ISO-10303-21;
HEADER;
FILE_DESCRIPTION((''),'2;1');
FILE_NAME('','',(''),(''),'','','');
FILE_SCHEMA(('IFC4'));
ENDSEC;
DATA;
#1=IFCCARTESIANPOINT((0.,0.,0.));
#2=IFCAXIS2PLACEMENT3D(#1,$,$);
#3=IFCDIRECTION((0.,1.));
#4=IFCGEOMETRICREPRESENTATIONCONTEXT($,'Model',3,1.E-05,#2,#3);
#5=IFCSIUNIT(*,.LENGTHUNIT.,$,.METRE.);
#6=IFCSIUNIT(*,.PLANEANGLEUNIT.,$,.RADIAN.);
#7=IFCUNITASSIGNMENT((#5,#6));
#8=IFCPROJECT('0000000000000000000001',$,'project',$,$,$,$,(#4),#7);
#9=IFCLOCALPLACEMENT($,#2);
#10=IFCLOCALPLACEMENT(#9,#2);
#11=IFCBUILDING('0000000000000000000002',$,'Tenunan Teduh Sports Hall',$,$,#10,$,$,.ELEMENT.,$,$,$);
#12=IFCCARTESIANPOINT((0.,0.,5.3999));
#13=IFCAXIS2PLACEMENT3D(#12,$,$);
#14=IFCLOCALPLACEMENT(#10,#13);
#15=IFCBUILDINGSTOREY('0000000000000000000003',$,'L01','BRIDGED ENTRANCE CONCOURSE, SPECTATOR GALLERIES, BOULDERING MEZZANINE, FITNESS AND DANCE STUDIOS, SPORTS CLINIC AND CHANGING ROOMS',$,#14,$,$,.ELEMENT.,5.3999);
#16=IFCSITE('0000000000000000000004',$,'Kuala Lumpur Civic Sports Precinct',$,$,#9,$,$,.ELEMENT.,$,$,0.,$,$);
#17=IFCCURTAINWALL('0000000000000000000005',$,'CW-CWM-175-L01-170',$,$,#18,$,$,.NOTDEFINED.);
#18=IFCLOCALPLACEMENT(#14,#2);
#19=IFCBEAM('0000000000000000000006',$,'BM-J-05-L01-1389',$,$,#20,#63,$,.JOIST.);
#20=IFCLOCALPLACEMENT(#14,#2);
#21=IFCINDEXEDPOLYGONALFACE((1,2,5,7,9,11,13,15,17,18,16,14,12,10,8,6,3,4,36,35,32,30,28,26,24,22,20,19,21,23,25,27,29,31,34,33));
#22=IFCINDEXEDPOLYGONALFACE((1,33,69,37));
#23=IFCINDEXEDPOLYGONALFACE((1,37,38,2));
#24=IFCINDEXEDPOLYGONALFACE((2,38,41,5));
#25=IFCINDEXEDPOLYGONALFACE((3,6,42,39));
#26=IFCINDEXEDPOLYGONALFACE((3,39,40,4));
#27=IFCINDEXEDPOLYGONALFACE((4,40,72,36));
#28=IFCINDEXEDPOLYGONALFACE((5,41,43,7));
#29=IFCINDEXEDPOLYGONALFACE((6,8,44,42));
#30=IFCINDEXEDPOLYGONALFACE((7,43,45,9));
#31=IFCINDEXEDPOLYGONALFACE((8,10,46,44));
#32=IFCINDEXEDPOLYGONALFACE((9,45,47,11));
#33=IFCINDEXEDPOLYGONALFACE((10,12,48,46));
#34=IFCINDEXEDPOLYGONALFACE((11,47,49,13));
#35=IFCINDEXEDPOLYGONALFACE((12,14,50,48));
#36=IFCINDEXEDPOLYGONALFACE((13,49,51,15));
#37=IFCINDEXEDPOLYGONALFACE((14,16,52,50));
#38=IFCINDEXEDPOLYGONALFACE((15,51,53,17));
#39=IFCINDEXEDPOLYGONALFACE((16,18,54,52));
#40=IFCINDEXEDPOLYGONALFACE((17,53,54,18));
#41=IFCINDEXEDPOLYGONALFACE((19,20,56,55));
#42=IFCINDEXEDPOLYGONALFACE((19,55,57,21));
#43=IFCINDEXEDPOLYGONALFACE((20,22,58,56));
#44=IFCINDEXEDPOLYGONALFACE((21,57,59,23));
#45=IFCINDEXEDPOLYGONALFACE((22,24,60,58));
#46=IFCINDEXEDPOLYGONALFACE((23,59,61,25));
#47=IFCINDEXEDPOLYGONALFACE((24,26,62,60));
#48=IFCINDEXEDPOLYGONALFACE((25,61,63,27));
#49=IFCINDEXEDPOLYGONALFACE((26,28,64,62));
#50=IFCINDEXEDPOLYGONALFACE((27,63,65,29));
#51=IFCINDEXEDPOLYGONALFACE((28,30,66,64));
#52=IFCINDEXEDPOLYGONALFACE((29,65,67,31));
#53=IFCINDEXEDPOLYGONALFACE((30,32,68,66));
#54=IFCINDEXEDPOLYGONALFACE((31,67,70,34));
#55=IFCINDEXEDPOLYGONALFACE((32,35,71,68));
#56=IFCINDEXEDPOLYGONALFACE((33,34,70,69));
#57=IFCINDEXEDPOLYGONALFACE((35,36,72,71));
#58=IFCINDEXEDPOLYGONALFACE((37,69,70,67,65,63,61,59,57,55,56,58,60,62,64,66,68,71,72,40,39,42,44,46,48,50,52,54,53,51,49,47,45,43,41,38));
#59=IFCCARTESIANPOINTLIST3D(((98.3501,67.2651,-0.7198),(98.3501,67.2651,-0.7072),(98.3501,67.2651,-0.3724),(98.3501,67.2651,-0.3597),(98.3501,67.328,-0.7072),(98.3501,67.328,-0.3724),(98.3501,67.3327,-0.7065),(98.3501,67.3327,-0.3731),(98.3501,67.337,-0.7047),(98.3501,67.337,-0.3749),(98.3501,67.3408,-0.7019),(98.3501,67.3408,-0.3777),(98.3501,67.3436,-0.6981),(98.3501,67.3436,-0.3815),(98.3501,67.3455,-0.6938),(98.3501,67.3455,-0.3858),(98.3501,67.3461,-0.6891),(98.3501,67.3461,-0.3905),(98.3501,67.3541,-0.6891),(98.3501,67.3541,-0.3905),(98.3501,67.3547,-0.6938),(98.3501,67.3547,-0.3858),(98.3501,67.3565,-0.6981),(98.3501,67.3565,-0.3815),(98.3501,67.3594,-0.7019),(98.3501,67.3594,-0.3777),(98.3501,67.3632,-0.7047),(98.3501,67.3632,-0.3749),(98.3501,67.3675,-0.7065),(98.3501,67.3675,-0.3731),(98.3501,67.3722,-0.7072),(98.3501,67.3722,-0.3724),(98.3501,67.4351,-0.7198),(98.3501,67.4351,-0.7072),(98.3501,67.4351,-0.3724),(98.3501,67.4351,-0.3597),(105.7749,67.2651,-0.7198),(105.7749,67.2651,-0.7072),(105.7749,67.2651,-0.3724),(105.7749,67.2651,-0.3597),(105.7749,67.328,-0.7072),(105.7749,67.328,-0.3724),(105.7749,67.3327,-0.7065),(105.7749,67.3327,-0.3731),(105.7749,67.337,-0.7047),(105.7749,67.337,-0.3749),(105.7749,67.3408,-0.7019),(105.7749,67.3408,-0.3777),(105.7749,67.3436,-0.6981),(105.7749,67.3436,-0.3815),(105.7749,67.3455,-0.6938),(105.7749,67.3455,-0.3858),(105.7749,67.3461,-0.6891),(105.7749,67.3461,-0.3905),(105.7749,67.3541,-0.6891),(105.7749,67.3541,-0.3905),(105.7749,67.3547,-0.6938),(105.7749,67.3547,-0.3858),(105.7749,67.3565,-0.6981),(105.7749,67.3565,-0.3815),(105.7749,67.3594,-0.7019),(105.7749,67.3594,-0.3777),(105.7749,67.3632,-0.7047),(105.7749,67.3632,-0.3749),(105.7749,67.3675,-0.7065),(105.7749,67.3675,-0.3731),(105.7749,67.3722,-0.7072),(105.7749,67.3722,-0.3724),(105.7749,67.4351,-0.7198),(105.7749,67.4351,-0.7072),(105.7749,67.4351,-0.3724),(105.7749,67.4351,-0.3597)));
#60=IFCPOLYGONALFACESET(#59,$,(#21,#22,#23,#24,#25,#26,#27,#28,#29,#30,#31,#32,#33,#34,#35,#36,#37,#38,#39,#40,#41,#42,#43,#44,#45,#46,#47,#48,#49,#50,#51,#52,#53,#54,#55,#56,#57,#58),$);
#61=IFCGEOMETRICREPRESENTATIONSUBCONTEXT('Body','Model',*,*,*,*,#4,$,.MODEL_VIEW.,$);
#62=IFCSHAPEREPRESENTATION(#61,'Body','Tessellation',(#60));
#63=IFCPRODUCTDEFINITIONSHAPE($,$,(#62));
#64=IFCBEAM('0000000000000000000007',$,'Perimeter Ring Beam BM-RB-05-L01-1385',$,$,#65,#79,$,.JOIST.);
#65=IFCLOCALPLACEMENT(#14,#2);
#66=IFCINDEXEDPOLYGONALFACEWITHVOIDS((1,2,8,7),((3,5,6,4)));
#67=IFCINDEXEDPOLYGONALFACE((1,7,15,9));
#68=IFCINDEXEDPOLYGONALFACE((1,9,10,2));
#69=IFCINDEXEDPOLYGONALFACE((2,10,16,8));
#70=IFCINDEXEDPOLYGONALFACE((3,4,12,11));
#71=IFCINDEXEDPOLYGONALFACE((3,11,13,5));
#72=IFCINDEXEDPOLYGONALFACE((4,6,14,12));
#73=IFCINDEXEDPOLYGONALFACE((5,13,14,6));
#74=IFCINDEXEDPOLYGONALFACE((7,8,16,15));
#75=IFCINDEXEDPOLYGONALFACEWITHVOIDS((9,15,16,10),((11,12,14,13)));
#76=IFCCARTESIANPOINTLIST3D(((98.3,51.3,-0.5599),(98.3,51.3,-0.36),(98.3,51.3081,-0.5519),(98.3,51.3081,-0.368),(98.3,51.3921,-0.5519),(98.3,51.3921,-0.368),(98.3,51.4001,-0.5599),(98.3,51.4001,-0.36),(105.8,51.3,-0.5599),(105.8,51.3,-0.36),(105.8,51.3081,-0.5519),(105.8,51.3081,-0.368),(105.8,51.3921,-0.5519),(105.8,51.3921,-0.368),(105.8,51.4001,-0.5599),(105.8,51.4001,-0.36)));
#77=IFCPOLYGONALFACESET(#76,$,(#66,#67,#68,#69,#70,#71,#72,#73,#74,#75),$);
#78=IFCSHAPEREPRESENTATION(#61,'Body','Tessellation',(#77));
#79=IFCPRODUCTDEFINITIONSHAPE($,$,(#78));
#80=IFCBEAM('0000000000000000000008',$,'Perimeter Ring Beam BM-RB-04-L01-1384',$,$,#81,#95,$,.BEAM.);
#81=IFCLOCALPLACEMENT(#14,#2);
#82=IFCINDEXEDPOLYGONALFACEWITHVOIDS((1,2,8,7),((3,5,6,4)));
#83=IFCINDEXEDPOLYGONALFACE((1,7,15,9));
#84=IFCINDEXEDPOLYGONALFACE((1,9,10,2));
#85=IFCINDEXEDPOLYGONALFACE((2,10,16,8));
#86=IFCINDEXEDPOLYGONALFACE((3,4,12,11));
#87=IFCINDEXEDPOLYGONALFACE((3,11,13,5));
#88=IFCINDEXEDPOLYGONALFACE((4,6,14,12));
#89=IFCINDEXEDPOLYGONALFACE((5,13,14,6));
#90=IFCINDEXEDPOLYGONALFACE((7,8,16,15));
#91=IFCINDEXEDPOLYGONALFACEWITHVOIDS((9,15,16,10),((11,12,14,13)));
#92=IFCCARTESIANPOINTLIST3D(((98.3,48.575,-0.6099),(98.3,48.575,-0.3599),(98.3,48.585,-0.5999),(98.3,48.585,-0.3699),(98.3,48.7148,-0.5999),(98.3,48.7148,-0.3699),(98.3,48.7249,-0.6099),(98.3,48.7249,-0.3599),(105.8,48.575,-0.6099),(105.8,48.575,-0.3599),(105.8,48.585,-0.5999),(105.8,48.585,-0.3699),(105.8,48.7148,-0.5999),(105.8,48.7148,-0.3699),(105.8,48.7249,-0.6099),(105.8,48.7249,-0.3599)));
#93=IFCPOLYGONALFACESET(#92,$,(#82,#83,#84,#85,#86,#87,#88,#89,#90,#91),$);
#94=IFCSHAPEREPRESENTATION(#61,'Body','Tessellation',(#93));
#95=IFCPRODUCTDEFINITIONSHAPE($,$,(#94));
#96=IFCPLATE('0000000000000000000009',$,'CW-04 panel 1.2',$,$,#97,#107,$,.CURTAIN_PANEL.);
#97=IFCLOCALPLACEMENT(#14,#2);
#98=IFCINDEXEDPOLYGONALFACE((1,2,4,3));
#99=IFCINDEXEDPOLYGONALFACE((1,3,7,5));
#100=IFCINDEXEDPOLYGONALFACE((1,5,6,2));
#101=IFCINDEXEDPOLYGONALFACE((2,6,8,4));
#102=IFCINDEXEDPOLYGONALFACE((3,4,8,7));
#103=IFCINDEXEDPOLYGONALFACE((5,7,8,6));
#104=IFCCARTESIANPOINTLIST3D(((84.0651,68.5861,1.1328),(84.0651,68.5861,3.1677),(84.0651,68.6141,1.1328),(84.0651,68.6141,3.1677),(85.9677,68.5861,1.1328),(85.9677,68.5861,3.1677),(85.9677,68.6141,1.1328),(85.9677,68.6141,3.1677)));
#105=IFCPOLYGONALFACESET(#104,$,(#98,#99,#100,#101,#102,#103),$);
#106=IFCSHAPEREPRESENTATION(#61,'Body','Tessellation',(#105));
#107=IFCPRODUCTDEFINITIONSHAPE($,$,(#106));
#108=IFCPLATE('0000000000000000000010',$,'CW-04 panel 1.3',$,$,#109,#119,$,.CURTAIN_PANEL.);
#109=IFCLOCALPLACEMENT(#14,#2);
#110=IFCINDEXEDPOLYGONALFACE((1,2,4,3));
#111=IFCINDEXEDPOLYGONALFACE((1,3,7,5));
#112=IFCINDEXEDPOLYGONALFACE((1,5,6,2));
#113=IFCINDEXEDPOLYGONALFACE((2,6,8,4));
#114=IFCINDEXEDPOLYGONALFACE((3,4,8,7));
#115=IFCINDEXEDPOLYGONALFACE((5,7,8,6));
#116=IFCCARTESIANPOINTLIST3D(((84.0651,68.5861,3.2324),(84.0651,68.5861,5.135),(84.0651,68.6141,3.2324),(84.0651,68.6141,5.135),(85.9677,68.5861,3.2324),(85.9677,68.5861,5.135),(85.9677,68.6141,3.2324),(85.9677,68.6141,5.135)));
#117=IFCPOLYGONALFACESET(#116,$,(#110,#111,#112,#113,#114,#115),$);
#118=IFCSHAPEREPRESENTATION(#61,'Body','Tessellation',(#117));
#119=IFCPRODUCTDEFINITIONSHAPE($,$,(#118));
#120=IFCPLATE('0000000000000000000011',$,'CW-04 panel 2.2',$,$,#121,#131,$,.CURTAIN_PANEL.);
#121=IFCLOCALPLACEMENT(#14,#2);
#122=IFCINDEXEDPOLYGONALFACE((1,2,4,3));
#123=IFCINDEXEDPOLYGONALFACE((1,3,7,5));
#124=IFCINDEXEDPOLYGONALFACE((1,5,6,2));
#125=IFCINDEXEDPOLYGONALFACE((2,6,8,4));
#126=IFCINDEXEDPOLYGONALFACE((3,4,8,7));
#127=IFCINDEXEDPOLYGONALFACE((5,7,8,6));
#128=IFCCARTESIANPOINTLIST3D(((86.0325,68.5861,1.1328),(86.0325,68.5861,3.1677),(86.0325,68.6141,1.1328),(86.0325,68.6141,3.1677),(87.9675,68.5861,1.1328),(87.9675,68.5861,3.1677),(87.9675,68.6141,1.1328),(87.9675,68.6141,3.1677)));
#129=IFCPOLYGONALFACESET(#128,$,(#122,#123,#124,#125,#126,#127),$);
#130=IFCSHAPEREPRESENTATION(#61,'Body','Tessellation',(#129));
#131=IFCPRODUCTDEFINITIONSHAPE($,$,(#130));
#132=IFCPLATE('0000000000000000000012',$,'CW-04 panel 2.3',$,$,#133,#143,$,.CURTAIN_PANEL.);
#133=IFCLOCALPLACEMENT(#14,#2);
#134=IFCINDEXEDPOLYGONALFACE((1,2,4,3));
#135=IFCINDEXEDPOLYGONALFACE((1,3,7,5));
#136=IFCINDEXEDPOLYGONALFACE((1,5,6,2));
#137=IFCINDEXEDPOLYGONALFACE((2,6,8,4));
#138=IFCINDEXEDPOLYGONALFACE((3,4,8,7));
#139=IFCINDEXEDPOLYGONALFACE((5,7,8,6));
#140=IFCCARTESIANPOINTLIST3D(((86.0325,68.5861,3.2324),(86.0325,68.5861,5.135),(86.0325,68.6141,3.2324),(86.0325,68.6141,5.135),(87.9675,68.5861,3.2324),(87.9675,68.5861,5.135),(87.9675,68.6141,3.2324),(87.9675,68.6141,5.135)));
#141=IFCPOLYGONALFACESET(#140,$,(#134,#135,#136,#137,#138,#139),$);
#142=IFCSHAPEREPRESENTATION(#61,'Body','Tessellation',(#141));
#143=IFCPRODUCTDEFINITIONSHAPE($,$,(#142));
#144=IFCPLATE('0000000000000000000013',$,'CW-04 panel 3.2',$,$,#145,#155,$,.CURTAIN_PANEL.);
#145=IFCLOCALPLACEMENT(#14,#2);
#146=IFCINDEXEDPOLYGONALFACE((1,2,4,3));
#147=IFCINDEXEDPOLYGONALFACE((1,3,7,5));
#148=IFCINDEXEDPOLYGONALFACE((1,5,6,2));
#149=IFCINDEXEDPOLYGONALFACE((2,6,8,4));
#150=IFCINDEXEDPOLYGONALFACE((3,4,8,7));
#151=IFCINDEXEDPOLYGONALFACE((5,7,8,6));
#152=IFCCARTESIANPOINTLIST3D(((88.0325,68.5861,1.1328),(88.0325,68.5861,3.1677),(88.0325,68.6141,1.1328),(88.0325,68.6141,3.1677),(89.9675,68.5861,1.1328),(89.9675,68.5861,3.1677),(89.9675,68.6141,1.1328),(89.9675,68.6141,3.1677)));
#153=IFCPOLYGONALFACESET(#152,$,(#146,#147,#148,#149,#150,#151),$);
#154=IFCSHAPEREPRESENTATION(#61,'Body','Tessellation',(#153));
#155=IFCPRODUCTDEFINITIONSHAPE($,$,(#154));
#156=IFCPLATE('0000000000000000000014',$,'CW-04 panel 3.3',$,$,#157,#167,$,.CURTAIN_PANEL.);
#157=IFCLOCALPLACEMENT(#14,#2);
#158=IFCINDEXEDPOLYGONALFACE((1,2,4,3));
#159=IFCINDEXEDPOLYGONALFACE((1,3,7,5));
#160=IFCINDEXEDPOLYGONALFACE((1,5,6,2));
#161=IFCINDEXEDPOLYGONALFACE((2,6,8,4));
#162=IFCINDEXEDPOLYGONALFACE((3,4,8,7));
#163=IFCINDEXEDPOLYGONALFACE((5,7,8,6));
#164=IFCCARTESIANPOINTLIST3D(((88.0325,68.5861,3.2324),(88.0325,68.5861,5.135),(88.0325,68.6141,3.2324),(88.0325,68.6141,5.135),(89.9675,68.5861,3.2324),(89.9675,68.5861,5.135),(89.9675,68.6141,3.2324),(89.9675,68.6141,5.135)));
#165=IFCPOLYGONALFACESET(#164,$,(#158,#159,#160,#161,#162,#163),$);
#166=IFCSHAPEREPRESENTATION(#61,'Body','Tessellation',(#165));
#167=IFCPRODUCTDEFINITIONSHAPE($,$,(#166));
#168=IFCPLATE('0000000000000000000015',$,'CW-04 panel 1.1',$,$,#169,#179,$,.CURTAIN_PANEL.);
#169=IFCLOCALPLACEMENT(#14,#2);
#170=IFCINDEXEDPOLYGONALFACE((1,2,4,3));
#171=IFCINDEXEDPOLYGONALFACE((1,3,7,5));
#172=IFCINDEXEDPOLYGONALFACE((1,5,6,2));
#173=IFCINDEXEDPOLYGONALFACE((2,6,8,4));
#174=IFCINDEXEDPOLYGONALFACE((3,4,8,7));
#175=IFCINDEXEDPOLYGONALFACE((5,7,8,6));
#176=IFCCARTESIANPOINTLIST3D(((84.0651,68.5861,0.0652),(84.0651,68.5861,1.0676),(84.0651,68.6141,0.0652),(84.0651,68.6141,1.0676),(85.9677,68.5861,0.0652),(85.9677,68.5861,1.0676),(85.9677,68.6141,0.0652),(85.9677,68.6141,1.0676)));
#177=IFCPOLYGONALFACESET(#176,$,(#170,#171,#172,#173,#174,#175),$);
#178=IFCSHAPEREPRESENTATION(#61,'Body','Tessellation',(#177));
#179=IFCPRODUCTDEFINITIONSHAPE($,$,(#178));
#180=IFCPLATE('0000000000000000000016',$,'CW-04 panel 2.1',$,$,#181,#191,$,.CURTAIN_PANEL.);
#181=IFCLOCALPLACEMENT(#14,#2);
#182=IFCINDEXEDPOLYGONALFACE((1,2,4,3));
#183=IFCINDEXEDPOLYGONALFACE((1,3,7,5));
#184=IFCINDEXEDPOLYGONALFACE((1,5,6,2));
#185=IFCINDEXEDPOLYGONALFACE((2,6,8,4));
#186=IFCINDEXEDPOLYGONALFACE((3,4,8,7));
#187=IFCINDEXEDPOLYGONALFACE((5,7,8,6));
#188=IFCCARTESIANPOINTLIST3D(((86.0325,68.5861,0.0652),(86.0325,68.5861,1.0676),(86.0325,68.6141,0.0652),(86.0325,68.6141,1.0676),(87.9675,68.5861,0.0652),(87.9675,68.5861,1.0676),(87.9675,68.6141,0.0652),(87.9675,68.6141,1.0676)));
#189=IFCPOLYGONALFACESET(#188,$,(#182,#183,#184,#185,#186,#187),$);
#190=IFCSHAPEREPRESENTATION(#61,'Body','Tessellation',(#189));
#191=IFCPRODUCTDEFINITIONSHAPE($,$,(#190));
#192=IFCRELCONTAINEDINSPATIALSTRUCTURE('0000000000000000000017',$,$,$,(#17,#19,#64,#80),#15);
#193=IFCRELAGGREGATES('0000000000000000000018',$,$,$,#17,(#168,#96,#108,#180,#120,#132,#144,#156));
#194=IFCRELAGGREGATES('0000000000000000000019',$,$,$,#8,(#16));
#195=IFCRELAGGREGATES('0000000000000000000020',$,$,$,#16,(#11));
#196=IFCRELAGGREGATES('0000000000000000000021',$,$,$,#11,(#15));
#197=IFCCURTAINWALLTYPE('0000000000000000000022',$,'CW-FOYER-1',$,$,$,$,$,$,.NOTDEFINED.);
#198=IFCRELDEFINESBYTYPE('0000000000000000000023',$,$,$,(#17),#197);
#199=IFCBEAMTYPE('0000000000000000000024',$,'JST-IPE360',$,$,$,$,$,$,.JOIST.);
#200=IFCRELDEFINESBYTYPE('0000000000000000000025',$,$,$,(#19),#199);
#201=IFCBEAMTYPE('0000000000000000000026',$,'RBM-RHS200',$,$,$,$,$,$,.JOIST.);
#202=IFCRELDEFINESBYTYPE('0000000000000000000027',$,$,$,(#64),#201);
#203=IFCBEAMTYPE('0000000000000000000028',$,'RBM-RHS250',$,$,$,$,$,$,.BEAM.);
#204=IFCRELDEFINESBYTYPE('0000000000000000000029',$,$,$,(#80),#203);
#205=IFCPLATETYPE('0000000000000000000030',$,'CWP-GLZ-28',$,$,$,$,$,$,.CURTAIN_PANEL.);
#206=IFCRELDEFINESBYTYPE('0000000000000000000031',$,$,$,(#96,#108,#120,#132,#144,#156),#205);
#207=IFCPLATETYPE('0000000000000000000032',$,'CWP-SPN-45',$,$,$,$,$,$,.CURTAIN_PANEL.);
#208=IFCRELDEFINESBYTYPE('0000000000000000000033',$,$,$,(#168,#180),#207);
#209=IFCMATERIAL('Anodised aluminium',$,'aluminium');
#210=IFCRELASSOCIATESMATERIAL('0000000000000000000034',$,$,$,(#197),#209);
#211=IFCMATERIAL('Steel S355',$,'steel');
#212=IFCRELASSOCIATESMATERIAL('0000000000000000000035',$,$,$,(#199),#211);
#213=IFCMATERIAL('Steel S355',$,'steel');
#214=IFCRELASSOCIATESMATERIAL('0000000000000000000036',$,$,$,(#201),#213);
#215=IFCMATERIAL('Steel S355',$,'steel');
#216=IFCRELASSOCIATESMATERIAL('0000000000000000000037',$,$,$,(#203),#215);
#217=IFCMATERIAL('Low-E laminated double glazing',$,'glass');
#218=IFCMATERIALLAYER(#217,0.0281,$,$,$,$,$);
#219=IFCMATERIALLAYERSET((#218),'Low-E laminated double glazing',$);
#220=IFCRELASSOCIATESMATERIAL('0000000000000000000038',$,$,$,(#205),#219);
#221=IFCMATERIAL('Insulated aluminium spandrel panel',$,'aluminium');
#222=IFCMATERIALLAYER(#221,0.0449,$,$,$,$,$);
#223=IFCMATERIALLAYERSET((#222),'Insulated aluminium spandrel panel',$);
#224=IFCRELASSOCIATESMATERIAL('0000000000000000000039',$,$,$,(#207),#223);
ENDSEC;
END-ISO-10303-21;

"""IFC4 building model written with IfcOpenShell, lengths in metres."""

from ifc_helpers import new_model, si_unit, direction, frame, origin, origin_2d, place, context, subcontext, project, spatial, rectangle, hollow_rectangle, i_section, extrude, material, layer, layer_set, material_profile, profile_set, type_object, element, aggregate, save


model = new_model("IFC4")

# Units and contexts
model_context = context("Model", 3, precision=1e-05, world=origin(), true_north=direction((0.0, 1.0)))
body_context = subcontext(model_context, "Body", "Model", "MODEL_VIEW")
ifc_project = project(units=[si_unit("LENGTHUNIT", "METRE"), si_unit("PLANEANGLEUNIT", "RADIAN")], contexts=[model_context])

# Site, building, storey
site_placement = place(None, origin())
site = spatial("IfcSite", under=ifc_project, at=site_placement, Name="Kuala Lumpur Civic Sports Precinct", CompositionType="ELEMENT", RefElevation=0.0)
building_placement = place(site_placement, origin())
building = spatial("IfcBuilding", under=site, at=building_placement, Name="Tenunan Teduh Sports Hall", CompositionType="ELEMENT")
storey_placement = place(building_placement, frame((0.0, 0.0, 5.3999)))
storey = spatial("IfcBuildingStorey", under=building, at=storey_placement, Name="L01", Description="BRIDGED ENTRANCE CONCOURSE, SPECTATOR GALLERIES, BOULDERING MEZZANINE, FITNESS AND DANCE STUDIOS, SPORTS CLINIC AND CHANGING ROOMS", CompositionType="ELEMENT", Elevation=5.3999)

# Curtain wall
ifc_material_1 = material(Name="Anodised aluminium", Category="aluminium")
curtain_wall_type = type_object("IfcCurtainWallType", Name="CW-FOYER-1", PredefinedType="NOTDEFINED", material=ifc_material_1)
curtain_wall_placement = place(storey_placement, origin())
curtain_wall = element("IfcCurtainWall", 1, at=curtain_wall_placement, inside=storey, type_object=curtain_wall_type, Name="CW-CWM-175-L01-170", PredefinedType="NOTDEFINED")

# Beams
ifc_material_2 = material(Name="Steel S355", Category="steel")
ifc_material_profile_1 = material_profile(ifc_material_2, i_section(OverallWidth=0.1699, OverallDepth=0.3601, WebThickness=0.0081, FlangeThickness=0.0127, FilletRadius=0.0181, at=origin_2d()), Name="IPE 360")
ifc_profile_set_1 = profile_set([ifc_material_profile_1], Name="Steel S355")
beam_type_1 = type_object("IfcBeamType", Name="JST-IPE360", PredefinedType="JOIST", material=ifc_profile_set_1)
beam_1_placement = place(storey_placement, frame((98.3501, 67.3501, -0.5398), z_axis=(1.0, 0.0, 0.0), x_axis=(0.0, 1.0, 0.0)))
element("IfcBeam", 2, at=beam_1_placement, inside=storey, type_object=beam_type_1, Name="BM-J-05-L01-1389", PredefinedType="JOIST", context=body_context, shape_type="SweptSolid", body=[
    extrude(i_section(OverallWidth=0.1699, OverallDepth=0.3601, WebThickness=0.0081, FlangeThickness=0.0127, FilletRadius=0.0181, at=origin_2d()), origin(), (0.0, 0.0, 1.0), 7.4248),
])
ifc_material_3 = material(Name="Steel S355", Category="steel")
ifc_material_profile_2 = material_profile(ifc_material_3, hollow_rectangle(XDim=0.1001, YDim=0.2, WallThickness=0.0081, at=origin_2d()), Name="RHS 200x100x8.0")
ifc_profile_set_2 = profile_set([ifc_material_profile_2], Name="Steel S355")
beam_type_2 = type_object("IfcBeamType", Name="RBM-RHS200", PredefinedType="JOIST", material=ifc_profile_set_2)
beam_2_placement = place(storey_placement, frame((98.3, 51.3501, -0.46), z_axis=(1.0, 0.0, 0.0), x_axis=(0.0, 1.0, 0.0)))
element("IfcBeam", 3, at=beam_2_placement, inside=storey, type_object=beam_type_2, Name="Perimeter Ring Beam BM-RB-05-L01-1385", PredefinedType="JOIST", context=body_context, shape_type="SweptSolid", body=[
    extrude(hollow_rectangle(XDim=0.1001, YDim=0.2, WallThickness=0.0081, at=origin_2d()), origin(), (0.0, 0.0, 1.0), 7.5),
])
ifc_material_4 = material(Name="Steel S355", Category="steel")
ifc_material_profile_3 = material_profile(ifc_material_4, hollow_rectangle(XDim=0.1499, YDim=0.25, WallThickness=0.01, at=origin_2d()), Name="RHS 250x150x10.0")
ifc_profile_set_3 = profile_set([ifc_material_profile_3], Name="Steel S355")
beam_type_3 = type_object("IfcBeamType", Name="RBM-RHS250", PredefinedType="BEAM", material=ifc_profile_set_3)
beam_3_placement = place(storey_placement, frame((98.3, 48.6499, -0.4849), z_axis=(1.0, 0.0, 0.0), x_axis=(0.0, 1.0, 0.0)))
element("IfcBeam", 4, at=beam_3_placement, inside=storey, type_object=beam_type_3, Name="Perimeter Ring Beam BM-RB-04-L01-1384", PredefinedType="BEAM", context=body_context, shape_type="SweptSolid", body=[
    extrude(hollow_rectangle(XDim=0.1499, YDim=0.25, WallThickness=0.01, at=origin_2d()), origin(), (0.0, 0.0, 1.0), 7.5),
])

# Plates
ifc_material_5 = material(Name="Low-E laminated double glazing", Category="glass")
ifc_layer_1 = layer(ifc_material_5, 0.0281)
ifc_layer_set_1 = layer_set([ifc_layer_1], Name="Low-E laminated double glazing")
plate_type_1 = type_object("IfcPlateType", Name="CWP-GLZ-28", PredefinedType="CURTAIN_PANEL", material=ifc_layer_set_1)
plate_1_placement = place(storey_placement, frame((85.0164, 68.6001, 1.1328), z_axis=(0.0, 0.0, 1.0), x_axis=(1.0, 0.0, 0.0)))
plate_1 = element("IfcPlate", 5, at=plate_1_placement, type_object=plate_type_1, Name="CW-04 panel 1.2", PredefinedType="CURTAIN_PANEL", context=body_context, shape_type="SweptSolid", body=[
    extrude(rectangle(XDim=1.9026, YDim=0.0281, at=origin_2d()), origin(), (0.0, 0.0, 1.0), 2.0349),
])
plate_2_placement = place(storey_placement, frame((85.0164, 68.6001, 3.2324), z_axis=(0.0, 0.0, 1.0), x_axis=(1.0, 0.0, 0.0)))
plate_2 = element("IfcPlate", 6, at=plate_2_placement, type_object=plate_type_1, Name="CW-04 panel 1.3", PredefinedType="CURTAIN_PANEL", context=body_context, shape_type="SweptSolid", body=[
    extrude(rectangle(XDim=1.9026, YDim=0.0281, at=origin_2d()), origin(), (0.0, 0.0, 1.0), 1.9026),
])
plate_3_placement = place(storey_placement, frame((87.0, 68.6001, 1.1328), z_axis=(0.0, 0.0, 1.0), x_axis=(1.0, 0.0, 0.0)))
plate_3 = element("IfcPlate", 7, at=plate_3_placement, type_object=plate_type_1, Name="CW-04 panel 2.2", PredefinedType="CURTAIN_PANEL", context=body_context, shape_type="SweptSolid", body=[
    extrude(rectangle(XDim=1.9351, YDim=0.0281, at=origin_2d()), origin(), (0.0, 0.0, 1.0), 2.0349),
])
plate_4_placement = place(storey_placement, frame((87.0, 68.6001, 3.2324), z_axis=(0.0, 0.0, 1.0), x_axis=(1.0, 0.0, 0.0)))
plate_4 = element("IfcPlate", 8, at=plate_4_placement, type_object=plate_type_1, Name="CW-04 panel 2.3", PredefinedType="CURTAIN_PANEL", context=body_context, shape_type="SweptSolid", body=[
    extrude(rectangle(XDim=1.9351, YDim=0.0281, at=origin_2d()), origin(), (0.0, 0.0, 1.0), 1.9026),
])
plate_5_placement = place(storey_placement, frame((89.0, 68.6001, 1.1328), z_axis=(0.0, 0.0, 1.0), x_axis=(1.0, 0.0, 0.0)))
plate_5 = element("IfcPlate", 9, at=plate_5_placement, type_object=plate_type_1, Name="CW-04 panel 3.2", PredefinedType="CURTAIN_PANEL", context=body_context, shape_type="SweptSolid", body=[
    extrude(rectangle(XDim=1.9351, YDim=0.0281, at=origin_2d()), origin(), (0.0, 0.0, 1.0), 2.0349),
])
plate_6_placement = place(storey_placement, frame((89.0, 68.6001, 3.2324), z_axis=(0.0, 0.0, 1.0), x_axis=(1.0, 0.0, 0.0)))
plate_6 = element("IfcPlate", 10, at=plate_6_placement, type_object=plate_type_1, Name="CW-04 panel 3.3", PredefinedType="CURTAIN_PANEL", context=body_context, shape_type="SweptSolid", body=[
    extrude(rectangle(XDim=1.9351, YDim=0.0281, at=origin_2d()), origin(), (0.0, 0.0, 1.0), 1.9026),
])
ifc_material_6 = material(Name="Insulated aluminium spandrel panel", Category="aluminium")
ifc_layer_2 = layer(ifc_material_6, 0.0449)
ifc_layer_set_2 = layer_set([ifc_layer_2], Name="Insulated aluminium spandrel panel")
plate_type_2 = type_object("IfcPlateType", Name="CWP-SPN-45", PredefinedType="CURTAIN_PANEL", material=ifc_layer_set_2)
plate_7_placement = place(storey_placement, frame((85.0164, 68.6001, 0.0652), z_axis=(0.0, 0.0, 1.0), x_axis=(1.0, 0.0, 0.0)))
plate_7 = element("IfcPlate", 11, at=plate_7_placement, type_object=plate_type_2, Name="CW-04 panel 1.1", PredefinedType="CURTAIN_PANEL", context=body_context, shape_type="SweptSolid", body=[
    extrude(rectangle(XDim=1.9026, YDim=0.0281, at=origin_2d()), origin(), (0.0, 0.0, 1.0), 1.0024),
])
plate_8_placement = place(storey_placement, frame((87.0, 68.6001, 0.0652), z_axis=(0.0, 0.0, 1.0), x_axis=(1.0, 0.0, 0.0)))
plate_8 = element("IfcPlate", 12, at=plate_8_placement, type_object=plate_type_2, Name="CW-04 panel 2.1", PredefinedType="CURTAIN_PANEL", context=body_context, shape_type="SweptSolid", body=[
    extrude(rectangle(XDim=1.9351, YDim=0.0281, at=origin_2d()), origin(), (0.0, 0.0, 1.0), 1.0024),
])
aggregate(curtain_wall, [plate_7, plate_1, plate_2, plate_8, plate_3, plate_4, plate_5, plate_6])

save(model, "model.ifc")
